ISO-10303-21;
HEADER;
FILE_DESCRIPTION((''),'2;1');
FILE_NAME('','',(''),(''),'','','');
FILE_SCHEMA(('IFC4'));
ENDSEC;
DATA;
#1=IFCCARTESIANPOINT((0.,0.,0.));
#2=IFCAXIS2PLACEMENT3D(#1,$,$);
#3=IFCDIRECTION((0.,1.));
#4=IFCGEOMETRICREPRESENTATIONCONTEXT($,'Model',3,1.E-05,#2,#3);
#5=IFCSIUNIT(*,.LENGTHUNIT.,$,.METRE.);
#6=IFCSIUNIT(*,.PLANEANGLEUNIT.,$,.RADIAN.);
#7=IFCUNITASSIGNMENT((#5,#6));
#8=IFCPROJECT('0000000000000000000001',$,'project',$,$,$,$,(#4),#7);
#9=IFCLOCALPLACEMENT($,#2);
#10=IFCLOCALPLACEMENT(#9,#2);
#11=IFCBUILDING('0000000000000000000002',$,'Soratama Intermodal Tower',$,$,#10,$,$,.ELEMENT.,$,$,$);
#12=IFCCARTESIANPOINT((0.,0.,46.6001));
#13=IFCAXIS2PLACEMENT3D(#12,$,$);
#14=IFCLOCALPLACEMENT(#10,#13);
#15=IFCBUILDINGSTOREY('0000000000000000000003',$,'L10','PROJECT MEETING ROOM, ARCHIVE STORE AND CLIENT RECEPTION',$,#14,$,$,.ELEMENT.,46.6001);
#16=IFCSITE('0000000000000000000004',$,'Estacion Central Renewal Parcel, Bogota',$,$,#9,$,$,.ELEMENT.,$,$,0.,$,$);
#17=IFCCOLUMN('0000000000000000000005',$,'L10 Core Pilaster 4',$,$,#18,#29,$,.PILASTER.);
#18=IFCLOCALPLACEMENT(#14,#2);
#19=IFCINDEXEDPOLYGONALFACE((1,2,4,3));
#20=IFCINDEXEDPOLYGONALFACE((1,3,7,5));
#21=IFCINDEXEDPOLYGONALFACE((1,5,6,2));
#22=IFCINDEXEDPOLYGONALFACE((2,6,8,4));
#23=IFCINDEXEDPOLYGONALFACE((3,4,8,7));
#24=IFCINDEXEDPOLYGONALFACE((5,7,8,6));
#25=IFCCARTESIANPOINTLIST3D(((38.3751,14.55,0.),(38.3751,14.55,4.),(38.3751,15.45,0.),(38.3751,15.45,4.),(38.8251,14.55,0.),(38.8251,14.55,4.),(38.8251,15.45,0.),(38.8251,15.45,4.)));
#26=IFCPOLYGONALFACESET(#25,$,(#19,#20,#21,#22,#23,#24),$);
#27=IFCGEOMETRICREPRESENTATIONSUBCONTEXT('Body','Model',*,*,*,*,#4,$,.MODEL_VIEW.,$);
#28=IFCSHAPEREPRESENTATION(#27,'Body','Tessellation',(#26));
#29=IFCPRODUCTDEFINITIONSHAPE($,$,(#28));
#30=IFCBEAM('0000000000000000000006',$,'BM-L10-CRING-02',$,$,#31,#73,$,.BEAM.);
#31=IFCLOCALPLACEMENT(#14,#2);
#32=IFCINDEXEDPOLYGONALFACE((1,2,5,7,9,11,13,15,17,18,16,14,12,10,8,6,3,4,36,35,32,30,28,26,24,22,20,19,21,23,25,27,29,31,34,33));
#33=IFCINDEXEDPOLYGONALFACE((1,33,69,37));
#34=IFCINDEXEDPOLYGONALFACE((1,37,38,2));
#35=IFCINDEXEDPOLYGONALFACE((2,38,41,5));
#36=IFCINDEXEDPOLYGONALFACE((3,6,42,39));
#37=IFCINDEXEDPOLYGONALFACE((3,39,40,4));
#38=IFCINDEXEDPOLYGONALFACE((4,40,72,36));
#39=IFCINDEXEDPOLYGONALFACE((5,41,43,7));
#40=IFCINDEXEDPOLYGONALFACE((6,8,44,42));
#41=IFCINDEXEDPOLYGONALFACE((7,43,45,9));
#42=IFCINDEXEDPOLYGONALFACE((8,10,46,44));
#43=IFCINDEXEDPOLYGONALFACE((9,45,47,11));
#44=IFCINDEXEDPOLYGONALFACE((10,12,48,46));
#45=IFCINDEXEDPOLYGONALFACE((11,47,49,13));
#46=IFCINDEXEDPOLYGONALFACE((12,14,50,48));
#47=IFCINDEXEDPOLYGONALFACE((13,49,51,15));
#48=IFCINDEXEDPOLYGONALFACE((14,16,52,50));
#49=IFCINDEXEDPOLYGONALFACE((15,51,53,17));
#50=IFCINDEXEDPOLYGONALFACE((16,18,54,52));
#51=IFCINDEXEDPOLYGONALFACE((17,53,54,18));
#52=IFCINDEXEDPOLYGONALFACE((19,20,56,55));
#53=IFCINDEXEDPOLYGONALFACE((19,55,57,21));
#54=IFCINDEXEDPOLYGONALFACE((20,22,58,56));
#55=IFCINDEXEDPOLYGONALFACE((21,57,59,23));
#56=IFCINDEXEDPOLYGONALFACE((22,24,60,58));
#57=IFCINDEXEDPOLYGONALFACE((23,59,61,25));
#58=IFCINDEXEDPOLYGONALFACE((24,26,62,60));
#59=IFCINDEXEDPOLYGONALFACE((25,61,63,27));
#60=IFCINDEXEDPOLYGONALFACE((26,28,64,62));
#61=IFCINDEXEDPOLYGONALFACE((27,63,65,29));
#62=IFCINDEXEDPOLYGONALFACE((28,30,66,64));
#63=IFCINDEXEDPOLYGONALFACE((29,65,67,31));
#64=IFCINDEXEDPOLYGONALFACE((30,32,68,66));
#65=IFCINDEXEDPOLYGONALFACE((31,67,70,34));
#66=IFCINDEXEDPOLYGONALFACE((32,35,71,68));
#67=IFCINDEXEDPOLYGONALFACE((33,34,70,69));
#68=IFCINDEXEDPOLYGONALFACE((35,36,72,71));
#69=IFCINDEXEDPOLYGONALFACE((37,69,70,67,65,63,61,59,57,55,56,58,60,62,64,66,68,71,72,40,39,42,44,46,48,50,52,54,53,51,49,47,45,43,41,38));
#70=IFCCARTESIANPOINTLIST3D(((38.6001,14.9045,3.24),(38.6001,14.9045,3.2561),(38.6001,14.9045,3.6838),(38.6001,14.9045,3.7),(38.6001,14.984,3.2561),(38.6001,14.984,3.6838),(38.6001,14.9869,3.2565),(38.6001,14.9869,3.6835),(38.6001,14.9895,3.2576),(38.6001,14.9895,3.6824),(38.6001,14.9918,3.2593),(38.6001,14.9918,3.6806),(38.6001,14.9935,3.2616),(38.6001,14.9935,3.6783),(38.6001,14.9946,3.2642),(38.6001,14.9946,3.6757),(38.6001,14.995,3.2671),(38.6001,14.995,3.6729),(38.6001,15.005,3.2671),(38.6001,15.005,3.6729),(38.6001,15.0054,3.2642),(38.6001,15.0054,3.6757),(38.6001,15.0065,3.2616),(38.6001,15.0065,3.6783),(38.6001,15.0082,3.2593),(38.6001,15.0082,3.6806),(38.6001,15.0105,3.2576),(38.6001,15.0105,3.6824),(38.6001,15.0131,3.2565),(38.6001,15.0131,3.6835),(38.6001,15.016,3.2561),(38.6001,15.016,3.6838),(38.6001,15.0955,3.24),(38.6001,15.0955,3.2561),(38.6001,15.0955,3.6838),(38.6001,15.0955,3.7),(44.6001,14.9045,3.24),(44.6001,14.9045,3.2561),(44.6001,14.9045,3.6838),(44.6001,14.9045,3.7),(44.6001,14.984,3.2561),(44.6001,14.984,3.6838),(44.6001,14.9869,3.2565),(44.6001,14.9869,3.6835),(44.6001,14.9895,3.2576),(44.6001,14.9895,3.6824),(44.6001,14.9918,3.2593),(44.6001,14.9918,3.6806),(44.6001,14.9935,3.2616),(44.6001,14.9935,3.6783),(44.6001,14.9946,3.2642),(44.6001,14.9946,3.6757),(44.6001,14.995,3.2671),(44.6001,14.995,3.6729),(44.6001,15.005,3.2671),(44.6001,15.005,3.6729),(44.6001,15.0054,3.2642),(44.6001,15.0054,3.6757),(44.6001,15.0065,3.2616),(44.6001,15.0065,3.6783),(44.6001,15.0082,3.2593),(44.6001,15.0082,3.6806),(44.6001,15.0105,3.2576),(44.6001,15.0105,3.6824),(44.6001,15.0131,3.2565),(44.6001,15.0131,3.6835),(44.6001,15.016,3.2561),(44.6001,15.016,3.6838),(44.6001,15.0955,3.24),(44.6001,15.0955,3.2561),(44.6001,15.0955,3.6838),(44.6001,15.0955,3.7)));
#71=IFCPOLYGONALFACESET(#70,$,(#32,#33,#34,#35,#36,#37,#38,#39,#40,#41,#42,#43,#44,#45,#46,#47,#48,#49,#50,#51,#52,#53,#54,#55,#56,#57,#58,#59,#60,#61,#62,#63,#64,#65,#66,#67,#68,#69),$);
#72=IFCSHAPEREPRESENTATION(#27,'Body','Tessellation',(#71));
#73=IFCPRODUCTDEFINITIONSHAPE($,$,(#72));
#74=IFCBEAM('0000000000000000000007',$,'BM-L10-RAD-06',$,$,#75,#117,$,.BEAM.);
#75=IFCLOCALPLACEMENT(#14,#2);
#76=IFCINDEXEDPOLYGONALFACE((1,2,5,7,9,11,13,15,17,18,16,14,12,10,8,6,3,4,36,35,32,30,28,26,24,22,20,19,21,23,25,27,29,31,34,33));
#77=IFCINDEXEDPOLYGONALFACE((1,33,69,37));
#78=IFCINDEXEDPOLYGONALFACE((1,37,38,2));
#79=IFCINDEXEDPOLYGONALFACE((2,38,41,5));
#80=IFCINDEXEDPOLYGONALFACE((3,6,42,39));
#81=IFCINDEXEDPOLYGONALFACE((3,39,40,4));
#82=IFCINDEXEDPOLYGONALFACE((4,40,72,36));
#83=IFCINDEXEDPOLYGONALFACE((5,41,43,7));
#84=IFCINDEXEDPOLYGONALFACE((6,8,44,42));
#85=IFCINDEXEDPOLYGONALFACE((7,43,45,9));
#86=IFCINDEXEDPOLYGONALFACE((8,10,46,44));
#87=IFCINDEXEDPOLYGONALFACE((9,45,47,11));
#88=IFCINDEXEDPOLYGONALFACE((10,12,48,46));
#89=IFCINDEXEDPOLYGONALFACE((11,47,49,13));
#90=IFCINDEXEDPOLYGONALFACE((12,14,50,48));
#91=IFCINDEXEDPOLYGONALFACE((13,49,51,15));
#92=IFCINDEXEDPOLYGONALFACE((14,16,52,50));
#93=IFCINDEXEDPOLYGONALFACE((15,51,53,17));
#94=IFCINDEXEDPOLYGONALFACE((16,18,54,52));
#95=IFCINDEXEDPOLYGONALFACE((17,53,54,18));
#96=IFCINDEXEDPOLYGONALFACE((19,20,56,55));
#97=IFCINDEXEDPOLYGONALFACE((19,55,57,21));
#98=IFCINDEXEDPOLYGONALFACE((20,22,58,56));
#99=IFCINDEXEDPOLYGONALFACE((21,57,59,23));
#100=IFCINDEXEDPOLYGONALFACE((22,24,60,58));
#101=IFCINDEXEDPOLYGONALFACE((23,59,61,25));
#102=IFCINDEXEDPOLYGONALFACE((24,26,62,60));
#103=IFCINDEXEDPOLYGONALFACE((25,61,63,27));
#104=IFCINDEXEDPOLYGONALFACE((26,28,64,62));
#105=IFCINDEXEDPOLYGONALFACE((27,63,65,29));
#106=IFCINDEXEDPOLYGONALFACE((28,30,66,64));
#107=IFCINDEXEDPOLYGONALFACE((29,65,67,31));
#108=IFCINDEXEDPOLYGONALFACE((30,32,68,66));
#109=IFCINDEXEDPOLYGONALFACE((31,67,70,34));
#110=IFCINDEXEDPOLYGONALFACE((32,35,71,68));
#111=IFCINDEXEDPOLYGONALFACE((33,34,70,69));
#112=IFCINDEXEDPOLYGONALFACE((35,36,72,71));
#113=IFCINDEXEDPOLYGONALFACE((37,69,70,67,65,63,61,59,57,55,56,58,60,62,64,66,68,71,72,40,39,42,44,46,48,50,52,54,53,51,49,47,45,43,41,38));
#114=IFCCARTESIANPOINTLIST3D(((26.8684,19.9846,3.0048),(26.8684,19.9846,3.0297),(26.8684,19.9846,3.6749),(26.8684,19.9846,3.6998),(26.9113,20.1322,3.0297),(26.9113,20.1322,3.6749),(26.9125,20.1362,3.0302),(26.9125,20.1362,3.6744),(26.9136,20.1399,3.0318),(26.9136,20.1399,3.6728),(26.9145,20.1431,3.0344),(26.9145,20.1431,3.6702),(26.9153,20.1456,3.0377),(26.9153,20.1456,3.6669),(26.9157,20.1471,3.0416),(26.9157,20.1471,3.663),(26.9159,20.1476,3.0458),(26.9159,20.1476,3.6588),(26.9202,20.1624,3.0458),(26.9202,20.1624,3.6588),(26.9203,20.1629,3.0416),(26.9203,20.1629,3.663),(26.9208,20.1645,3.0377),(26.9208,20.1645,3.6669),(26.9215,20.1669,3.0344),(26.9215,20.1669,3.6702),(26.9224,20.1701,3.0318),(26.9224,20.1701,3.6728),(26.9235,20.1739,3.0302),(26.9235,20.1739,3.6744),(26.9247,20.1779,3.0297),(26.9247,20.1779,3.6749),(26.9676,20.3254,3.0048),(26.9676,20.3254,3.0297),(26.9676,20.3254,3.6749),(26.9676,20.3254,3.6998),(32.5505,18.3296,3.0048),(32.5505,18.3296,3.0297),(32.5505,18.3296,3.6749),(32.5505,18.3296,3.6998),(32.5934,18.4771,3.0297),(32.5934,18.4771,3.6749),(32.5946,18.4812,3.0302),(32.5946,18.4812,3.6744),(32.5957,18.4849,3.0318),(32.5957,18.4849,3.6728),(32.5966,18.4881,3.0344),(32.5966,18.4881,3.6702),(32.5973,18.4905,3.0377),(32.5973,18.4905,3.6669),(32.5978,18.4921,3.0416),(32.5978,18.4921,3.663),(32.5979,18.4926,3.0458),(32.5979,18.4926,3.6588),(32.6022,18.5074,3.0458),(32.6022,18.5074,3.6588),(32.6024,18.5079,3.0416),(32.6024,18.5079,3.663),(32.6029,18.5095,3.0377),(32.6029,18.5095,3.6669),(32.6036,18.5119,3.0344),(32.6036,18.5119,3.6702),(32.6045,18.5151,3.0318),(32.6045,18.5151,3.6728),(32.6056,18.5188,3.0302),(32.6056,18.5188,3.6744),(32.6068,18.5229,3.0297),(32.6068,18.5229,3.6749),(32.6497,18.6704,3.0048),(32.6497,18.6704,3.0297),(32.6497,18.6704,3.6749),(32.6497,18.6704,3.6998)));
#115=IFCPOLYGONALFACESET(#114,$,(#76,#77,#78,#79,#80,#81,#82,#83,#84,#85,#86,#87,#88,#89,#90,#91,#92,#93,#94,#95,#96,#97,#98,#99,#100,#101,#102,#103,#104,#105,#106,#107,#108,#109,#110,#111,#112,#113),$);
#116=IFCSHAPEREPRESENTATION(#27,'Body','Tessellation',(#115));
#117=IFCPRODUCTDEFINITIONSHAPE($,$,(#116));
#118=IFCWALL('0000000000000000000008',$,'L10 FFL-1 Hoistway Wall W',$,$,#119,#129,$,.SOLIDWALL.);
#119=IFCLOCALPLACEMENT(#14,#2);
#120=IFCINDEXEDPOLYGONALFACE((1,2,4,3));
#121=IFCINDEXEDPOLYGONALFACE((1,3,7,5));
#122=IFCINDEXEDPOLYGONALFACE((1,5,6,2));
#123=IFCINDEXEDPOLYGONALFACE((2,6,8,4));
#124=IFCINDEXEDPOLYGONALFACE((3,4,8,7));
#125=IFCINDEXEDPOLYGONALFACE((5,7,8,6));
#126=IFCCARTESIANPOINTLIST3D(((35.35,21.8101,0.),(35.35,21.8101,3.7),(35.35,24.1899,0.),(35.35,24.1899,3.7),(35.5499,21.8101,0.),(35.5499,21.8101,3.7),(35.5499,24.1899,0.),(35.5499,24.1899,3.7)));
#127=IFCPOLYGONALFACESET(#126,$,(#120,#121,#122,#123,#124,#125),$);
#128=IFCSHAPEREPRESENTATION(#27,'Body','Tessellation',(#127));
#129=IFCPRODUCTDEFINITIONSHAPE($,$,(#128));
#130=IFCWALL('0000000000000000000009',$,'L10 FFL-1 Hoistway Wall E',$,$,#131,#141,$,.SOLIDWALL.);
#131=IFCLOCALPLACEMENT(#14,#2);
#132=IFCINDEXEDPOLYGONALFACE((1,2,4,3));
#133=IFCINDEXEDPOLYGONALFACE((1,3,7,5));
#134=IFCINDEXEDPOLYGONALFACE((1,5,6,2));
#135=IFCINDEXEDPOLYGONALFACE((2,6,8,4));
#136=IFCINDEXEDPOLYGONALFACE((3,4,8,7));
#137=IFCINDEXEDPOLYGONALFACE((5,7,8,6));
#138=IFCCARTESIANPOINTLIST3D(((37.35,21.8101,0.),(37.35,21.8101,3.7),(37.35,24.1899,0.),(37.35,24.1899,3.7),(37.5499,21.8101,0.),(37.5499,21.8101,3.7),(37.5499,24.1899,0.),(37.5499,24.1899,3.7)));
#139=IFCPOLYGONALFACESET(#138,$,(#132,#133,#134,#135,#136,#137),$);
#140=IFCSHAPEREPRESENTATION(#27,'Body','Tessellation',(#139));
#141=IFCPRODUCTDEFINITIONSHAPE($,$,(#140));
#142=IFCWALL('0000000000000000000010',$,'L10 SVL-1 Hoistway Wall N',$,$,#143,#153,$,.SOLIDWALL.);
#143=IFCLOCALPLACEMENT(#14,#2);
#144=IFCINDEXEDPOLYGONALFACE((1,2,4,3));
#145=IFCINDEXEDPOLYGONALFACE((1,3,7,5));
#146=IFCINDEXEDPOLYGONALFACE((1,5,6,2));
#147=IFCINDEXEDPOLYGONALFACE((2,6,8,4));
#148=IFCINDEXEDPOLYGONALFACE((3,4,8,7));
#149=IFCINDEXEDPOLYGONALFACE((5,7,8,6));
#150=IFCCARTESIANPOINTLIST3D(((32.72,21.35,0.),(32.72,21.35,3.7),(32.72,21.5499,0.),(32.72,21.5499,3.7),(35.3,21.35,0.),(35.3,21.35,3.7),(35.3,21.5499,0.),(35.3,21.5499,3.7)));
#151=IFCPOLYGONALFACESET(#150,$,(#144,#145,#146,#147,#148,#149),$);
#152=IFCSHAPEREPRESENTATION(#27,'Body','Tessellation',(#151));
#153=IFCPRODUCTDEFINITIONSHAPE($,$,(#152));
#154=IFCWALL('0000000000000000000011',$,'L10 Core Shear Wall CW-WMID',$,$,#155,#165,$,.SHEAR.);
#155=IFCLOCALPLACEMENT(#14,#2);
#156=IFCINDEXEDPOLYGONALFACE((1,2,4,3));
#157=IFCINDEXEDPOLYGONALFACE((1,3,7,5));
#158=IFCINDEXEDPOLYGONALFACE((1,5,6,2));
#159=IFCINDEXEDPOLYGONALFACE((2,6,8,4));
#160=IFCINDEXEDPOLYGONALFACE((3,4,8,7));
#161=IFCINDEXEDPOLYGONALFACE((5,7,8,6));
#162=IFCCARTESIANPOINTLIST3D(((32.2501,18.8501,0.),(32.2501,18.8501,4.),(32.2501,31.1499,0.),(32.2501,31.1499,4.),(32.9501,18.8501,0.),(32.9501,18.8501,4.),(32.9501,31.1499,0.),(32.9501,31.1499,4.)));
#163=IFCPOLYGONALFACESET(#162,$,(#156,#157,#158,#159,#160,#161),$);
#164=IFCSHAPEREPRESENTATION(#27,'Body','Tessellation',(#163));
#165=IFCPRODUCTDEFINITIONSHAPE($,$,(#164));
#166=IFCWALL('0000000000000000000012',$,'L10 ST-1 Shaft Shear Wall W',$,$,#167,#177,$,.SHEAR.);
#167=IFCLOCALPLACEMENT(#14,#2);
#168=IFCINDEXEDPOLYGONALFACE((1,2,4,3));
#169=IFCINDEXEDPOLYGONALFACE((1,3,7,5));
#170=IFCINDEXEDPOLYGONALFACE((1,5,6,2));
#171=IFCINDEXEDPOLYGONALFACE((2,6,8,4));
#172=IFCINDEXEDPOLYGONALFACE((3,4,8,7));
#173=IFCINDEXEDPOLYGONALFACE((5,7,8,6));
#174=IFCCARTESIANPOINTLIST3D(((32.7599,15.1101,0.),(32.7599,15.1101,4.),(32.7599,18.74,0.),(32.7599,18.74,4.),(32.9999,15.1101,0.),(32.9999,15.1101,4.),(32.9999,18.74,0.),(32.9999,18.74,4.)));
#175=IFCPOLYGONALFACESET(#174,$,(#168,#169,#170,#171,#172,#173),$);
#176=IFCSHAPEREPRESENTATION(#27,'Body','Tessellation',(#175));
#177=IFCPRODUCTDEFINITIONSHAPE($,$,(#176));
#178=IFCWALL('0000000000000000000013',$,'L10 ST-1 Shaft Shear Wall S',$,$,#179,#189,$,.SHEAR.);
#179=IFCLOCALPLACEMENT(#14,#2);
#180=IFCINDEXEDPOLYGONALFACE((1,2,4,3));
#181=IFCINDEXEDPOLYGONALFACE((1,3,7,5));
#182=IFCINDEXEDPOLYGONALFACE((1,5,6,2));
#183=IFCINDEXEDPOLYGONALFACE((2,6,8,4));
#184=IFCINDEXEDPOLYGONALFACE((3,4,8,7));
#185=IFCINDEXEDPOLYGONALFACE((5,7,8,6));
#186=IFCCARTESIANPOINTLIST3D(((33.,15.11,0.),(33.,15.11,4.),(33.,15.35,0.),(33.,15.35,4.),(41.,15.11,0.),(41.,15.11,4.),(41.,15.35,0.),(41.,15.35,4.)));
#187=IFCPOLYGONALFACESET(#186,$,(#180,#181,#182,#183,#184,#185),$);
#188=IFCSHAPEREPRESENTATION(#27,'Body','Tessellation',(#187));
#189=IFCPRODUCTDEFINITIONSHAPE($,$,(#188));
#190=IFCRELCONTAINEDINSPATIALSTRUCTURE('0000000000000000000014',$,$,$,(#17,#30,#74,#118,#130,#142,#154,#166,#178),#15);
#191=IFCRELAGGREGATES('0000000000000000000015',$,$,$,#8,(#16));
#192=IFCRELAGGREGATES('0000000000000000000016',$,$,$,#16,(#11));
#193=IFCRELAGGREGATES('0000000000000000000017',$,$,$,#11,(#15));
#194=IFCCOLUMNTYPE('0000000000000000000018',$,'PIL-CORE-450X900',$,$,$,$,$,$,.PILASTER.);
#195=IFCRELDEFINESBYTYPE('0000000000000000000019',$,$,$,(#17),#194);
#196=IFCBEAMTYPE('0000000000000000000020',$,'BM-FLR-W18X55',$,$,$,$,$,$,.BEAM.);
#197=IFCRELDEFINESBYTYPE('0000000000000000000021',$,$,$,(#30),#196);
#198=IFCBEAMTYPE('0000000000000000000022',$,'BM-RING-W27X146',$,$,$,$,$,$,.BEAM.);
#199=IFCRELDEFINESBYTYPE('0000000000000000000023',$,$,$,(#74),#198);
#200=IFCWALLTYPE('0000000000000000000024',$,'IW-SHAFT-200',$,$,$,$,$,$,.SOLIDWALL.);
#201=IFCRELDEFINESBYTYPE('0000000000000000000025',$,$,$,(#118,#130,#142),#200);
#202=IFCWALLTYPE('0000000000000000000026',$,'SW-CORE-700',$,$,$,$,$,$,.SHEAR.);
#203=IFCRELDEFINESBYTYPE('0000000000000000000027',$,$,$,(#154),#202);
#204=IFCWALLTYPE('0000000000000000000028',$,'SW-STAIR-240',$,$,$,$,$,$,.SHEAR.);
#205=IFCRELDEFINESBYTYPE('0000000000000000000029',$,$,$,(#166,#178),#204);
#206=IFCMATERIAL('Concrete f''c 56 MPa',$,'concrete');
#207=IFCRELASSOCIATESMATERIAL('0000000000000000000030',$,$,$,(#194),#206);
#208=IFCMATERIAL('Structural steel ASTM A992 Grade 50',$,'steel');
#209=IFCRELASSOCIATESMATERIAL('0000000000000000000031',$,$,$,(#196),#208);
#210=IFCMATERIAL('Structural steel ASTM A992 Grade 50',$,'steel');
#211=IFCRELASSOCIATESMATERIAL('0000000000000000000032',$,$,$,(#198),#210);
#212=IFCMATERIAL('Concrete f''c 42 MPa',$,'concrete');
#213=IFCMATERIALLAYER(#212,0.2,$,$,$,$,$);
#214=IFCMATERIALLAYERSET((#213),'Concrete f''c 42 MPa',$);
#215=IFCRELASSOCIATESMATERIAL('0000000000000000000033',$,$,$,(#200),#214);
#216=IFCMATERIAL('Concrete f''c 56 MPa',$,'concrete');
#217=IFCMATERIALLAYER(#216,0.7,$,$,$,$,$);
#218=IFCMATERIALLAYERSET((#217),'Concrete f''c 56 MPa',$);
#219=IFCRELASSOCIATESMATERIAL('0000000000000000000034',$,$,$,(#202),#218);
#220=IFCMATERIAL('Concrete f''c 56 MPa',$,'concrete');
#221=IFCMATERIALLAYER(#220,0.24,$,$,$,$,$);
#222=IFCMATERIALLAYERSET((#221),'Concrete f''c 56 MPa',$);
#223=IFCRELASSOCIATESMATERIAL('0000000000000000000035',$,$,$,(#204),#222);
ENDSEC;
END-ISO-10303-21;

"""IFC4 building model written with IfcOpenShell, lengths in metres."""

from ifc_helpers import new_model, si_unit, direction, frame, frame_2d, origin, origin_2d, place, context, subcontext, project, spatial, rectangle, i_section, extrude, material, layer, layer_set, material_profile, profile_set, type_object, element, save


model = new_model("IFC4")

# Units and contexts
model_context = context("Model", 3, precision=1e-05, world=origin(), true_north=direction((0.0, 1.0)))
body_context = subcontext(model_context, "Body", "Model", "MODEL_VIEW")
ifc_project = project(units=[si_unit("LENGTHUNIT", "METRE"), si_unit("PLANEANGLEUNIT", "RADIAN")], contexts=[model_context])

# Site, building, storey
site_placement = place(None, origin())
site = spatial("IfcSite", under=ifc_project, at=site_placement, Name="Estacion Central Renewal Parcel, Bogota", CompositionType="ELEMENT", RefElevation=0.0)
building_placement = place(site_placement, origin())
building = spatial("IfcBuilding", under=site, at=building_placement, Name="Soratama Intermodal Tower", CompositionType="ELEMENT")
storey_placement = place(building_placement, frame((0.0, 0.0, 46.6001)))
storey = spatial("IfcBuildingStorey", under=building, at=storey_placement, Name="L10", Description="PROJECT MEETING ROOM, ARCHIVE STORE AND CLIENT RECEPTION", CompositionType="ELEMENT", Elevation=46.6001)

# Column
ifc_material_1 = material(Name="Concrete f'c 56 MPa", Category="concrete")
ifc_material_profile_1 = material_profile(ifc_material_1, rectangle(XDim=0.45, YDim=0.8999, at=origin_2d()), Name="RC450X900")
ifc_profile_set_1 = profile_set([ifc_material_profile_1], Name="Concrete f'c 56 MPa")
column_type = type_object("IfcColumnType", Name="PIL-CORE-450X900", PredefinedType="PILASTER", material=ifc_profile_set_1)
column_placement = place(storey_placement, frame((38.6001, 15.0, 0.0), z_axis=(0.0, 0.0, 1.0), x_axis=(1.0, 0.0, 0.0)))
element("IfcColumn", 1, at=column_placement, inside=storey, type_object=column_type, Name="L10 Core Pilaster 4", PredefinedType="PILASTER", context=body_context, shape_type="SweptSolid", body=[
    extrude(rectangle(XDim=0.45, YDim=0.8999, at=origin_2d()), origin(), (0.0, 0.0, 1.0), 4.0),
])

# Beams
ifc_material_2 = material(Name="Structural steel ASTM A992 Grade 50", Category="steel")
ifc_material_profile_2 = material_profile(ifc_material_2, i_section(OverallWidth=0.1909, OverallDepth=0.46, WebThickness=0.01, FlangeThickness=0.0161, FilletRadius=0.011, at=origin_2d()), Name="W18X55")
ifc_profile_set_2 = profile_set([ifc_material_profile_2], Name="Structural steel ASTM A992 Grade 50")
beam_type_1 = type_object("IfcBeamType", Name="BM-FLR-W18X55", PredefinedType="BEAM", material=ifc_profile_set_2)
beam_1_placement = place(storey_placement, frame((38.6001, 15.0, 3.47), z_axis=(1.0, 0.0, 0.0), x_axis=(0.0, 1.0, 0.0)))
element("IfcBeam", 2, at=beam_1_placement, inside=storey, type_object=beam_type_1, Name="BM-L10-CRING-02", PredefinedType="BEAM", context=body_context, shape_type="SweptSolid", body=[
    extrude(i_section(OverallWidth=0.1909, OverallDepth=0.46, WebThickness=0.01, FlangeThickness=0.0161, FilletRadius=0.011, at=origin_2d()), origin(), (0.0, 0.0, 1.0), 6.0),
])
ifc_material_3 = material(Name="Structural steel ASTM A992 Grade 50", Category="steel")
ifc_material_profile_3 = material_profile(ifc_material_3, i_section(OverallWidth=0.355, OverallDepth=0.6951, WebThickness=0.0154, FlangeThickness=0.0249, FilletRadius=0.0161, at=origin_2d()), Name="W27X146")
ifc_profile_set_3 = profile_set([ifc_material_profile_3], Name="Structural steel ASTM A992 Grade 50")
beam_type_2 = type_object("IfcBeamType", Name="BM-RING-W27X146", PredefinedType="BEAM", material=ifc_profile_set_3)
beam_2_placement = place(storey_placement, frame((32.6001, 18.5, 3.3523), z_axis=(-0.960103, 0.279648, 0.0), x_axis=(-0.279648, -0.960103, 0.0)))
element("IfcBeam", 3, at=beam_2_placement, inside=storey, type_object=beam_type_2, Name="BM-L10-RAD-06", PredefinedType="BEAM", context=body_context, shape_type="SweptSolid", body=[
    extrude(i_section(OverallWidth=0.355, OverallDepth=0.6951, WebThickness=0.0154, FlangeThickness=0.0249, FilletRadius=0.0161, at=origin_2d()), origin(), (0.0, 0.0, 1.0), 5.9182),
])

# Shared definitions
ifc_material_4 = material(Name="Concrete f'c 42 MPa", Category="concrete")
ifc_layer_1 = layer(ifc_material_4, 0.2)
ifc_layer_set_1 = layer_set([ifc_layer_1], Name="Concrete f'c 42 MPa")
wall_type_1 = type_object("IfcWallType", Name="IW-SHAFT-200", PredefinedType="SOLIDWALL", material=ifc_layer_set_1)

# Walls
for number, where, z_axis, x_axis, name in (
    (4, (35.45, 21.8101, 0.0), (0.0, 0.0, 1.0), (0.0, 1.0, 0.0), "L10 FFL-1 Hoistway Wall W"),
    (5, (37.45, 21.8101, 0.0), (0.0, 0.0, 1.0), (0.0, 1.0, 0.0), "L10 FFL-1 Hoistway Wall E"),
):
    element("IfcWall", number, at=place(storey_placement, frame(where, z_axis=z_axis, x_axis=x_axis)), inside=storey, type_object=wall_type_1, Name=name, PredefinedType="SOLIDWALL", context=body_context, shape_type="SweptSolid", body=[
        extrude(rectangle(XDim=2.3799, YDim=0.2, at=frame_2d((1.1899, 0.0))), origin(), (0.0, 0.0, 1.0), 3.7),
    ])

# Wall
wall_1_placement = place(storey_placement, frame((32.72, 21.45, 0.0), z_axis=(0.0, 0.0, 1.0), x_axis=(1.0, 0.0, 0.0)))
element("IfcWall", 6, at=wall_1_placement, inside=storey, type_object=wall_type_1, Name="L10 SVL-1 Hoistway Wall N", PredefinedType="SOLIDWALL", context=body_context, shape_type="SweptSolid", body=[
    extrude(rectangle(XDim=2.5801, YDim=0.2, at=frame_2d((1.29, 0.0))), origin(), (0.0, 0.0, 1.0), 3.7),
])

# Walls
ifc_material_5 = material(Name="Concrete f'c 56 MPa", Category="concrete")
ifc_layer_2 = layer(ifc_material_5, 0.7)
ifc_layer_set_2 = layer_set([ifc_layer_2], Name="Concrete f'c 56 MPa")
wall_type_2 = type_object("IfcWallType", Name="SW-CORE-700", PredefinedType="SHEAR", material=ifc_layer_set_2)
wall_2_placement = place(storey_placement, frame((32.6001, 18.8501, 0.0), z_axis=(0.0, 0.0, 1.0), x_axis=(0.0, 1.0, 0.0)))
element("IfcWall", 7, at=wall_2_placement, inside=storey, type_object=wall_type_2, Name="L10 Core Shear Wall CW-WMID", PredefinedType="SHEAR", context=body_context, shape_type="SweptSolid", body=[
    extrude(rectangle(XDim=12.2998, YDim=0.7, at=frame_2d((6.1499, 0.0))), origin(), (0.0, 0.0, 1.0), 4.0),
])
ifc_material_6 = material(Name="Concrete f'c 56 MPa", Category="concrete")
ifc_layer_3 = layer(ifc_material_6, 0.24)
ifc_layer_set_3 = layer_set([ifc_layer_3], Name="Concrete f'c 56 MPa")
wall_type_3 = type_object("IfcWallType", Name="SW-STAIR-240", PredefinedType="SHEAR", material=ifc_layer_set_3)
wall_3_placement = place(storey_placement, frame((32.8799, 15.1101, 0.0), z_axis=(0.0, 0.0, 1.0), x_axis=(0.0, 1.0, 0.0)))
element("IfcWall", 8, at=wall_3_placement, inside=storey, type_object=wall_type_3, Name="L10 ST-1 Shaft Shear Wall W", PredefinedType="SHEAR", context=body_context, shape_type="SweptSolid", body=[
    extrude(rectangle(XDim=3.6299, YDim=0.24, at=frame_2d((1.8149, 0.0))), origin(), (0.0, 0.0, 1.0), 4.0),
])
for number, where, z_axis, x_axis, name in (
    (9, (33.0, 15.23, 0.0), (0.0, 0.0, 1.0), (1.0, 0.0, 0.0), "L10 ST-1 Shaft Shear Wall S"),
):
    element("IfcWall", number, at=place(storey_placement, frame(where, z_axis=z_axis, x_axis=x_axis)), inside=storey, type_object=wall_type_3, Name=name, PredefinedType="SHEAR", context=body_context, shape_type="SweptSolid", body=[
        extrude(rectangle(XDim=8.0, YDim=0.24, at=frame_2d((4.0, 0.0))), origin(), (0.0, 0.0, 1.0), 4.0),
    ])

save(model, "model.ifc")
